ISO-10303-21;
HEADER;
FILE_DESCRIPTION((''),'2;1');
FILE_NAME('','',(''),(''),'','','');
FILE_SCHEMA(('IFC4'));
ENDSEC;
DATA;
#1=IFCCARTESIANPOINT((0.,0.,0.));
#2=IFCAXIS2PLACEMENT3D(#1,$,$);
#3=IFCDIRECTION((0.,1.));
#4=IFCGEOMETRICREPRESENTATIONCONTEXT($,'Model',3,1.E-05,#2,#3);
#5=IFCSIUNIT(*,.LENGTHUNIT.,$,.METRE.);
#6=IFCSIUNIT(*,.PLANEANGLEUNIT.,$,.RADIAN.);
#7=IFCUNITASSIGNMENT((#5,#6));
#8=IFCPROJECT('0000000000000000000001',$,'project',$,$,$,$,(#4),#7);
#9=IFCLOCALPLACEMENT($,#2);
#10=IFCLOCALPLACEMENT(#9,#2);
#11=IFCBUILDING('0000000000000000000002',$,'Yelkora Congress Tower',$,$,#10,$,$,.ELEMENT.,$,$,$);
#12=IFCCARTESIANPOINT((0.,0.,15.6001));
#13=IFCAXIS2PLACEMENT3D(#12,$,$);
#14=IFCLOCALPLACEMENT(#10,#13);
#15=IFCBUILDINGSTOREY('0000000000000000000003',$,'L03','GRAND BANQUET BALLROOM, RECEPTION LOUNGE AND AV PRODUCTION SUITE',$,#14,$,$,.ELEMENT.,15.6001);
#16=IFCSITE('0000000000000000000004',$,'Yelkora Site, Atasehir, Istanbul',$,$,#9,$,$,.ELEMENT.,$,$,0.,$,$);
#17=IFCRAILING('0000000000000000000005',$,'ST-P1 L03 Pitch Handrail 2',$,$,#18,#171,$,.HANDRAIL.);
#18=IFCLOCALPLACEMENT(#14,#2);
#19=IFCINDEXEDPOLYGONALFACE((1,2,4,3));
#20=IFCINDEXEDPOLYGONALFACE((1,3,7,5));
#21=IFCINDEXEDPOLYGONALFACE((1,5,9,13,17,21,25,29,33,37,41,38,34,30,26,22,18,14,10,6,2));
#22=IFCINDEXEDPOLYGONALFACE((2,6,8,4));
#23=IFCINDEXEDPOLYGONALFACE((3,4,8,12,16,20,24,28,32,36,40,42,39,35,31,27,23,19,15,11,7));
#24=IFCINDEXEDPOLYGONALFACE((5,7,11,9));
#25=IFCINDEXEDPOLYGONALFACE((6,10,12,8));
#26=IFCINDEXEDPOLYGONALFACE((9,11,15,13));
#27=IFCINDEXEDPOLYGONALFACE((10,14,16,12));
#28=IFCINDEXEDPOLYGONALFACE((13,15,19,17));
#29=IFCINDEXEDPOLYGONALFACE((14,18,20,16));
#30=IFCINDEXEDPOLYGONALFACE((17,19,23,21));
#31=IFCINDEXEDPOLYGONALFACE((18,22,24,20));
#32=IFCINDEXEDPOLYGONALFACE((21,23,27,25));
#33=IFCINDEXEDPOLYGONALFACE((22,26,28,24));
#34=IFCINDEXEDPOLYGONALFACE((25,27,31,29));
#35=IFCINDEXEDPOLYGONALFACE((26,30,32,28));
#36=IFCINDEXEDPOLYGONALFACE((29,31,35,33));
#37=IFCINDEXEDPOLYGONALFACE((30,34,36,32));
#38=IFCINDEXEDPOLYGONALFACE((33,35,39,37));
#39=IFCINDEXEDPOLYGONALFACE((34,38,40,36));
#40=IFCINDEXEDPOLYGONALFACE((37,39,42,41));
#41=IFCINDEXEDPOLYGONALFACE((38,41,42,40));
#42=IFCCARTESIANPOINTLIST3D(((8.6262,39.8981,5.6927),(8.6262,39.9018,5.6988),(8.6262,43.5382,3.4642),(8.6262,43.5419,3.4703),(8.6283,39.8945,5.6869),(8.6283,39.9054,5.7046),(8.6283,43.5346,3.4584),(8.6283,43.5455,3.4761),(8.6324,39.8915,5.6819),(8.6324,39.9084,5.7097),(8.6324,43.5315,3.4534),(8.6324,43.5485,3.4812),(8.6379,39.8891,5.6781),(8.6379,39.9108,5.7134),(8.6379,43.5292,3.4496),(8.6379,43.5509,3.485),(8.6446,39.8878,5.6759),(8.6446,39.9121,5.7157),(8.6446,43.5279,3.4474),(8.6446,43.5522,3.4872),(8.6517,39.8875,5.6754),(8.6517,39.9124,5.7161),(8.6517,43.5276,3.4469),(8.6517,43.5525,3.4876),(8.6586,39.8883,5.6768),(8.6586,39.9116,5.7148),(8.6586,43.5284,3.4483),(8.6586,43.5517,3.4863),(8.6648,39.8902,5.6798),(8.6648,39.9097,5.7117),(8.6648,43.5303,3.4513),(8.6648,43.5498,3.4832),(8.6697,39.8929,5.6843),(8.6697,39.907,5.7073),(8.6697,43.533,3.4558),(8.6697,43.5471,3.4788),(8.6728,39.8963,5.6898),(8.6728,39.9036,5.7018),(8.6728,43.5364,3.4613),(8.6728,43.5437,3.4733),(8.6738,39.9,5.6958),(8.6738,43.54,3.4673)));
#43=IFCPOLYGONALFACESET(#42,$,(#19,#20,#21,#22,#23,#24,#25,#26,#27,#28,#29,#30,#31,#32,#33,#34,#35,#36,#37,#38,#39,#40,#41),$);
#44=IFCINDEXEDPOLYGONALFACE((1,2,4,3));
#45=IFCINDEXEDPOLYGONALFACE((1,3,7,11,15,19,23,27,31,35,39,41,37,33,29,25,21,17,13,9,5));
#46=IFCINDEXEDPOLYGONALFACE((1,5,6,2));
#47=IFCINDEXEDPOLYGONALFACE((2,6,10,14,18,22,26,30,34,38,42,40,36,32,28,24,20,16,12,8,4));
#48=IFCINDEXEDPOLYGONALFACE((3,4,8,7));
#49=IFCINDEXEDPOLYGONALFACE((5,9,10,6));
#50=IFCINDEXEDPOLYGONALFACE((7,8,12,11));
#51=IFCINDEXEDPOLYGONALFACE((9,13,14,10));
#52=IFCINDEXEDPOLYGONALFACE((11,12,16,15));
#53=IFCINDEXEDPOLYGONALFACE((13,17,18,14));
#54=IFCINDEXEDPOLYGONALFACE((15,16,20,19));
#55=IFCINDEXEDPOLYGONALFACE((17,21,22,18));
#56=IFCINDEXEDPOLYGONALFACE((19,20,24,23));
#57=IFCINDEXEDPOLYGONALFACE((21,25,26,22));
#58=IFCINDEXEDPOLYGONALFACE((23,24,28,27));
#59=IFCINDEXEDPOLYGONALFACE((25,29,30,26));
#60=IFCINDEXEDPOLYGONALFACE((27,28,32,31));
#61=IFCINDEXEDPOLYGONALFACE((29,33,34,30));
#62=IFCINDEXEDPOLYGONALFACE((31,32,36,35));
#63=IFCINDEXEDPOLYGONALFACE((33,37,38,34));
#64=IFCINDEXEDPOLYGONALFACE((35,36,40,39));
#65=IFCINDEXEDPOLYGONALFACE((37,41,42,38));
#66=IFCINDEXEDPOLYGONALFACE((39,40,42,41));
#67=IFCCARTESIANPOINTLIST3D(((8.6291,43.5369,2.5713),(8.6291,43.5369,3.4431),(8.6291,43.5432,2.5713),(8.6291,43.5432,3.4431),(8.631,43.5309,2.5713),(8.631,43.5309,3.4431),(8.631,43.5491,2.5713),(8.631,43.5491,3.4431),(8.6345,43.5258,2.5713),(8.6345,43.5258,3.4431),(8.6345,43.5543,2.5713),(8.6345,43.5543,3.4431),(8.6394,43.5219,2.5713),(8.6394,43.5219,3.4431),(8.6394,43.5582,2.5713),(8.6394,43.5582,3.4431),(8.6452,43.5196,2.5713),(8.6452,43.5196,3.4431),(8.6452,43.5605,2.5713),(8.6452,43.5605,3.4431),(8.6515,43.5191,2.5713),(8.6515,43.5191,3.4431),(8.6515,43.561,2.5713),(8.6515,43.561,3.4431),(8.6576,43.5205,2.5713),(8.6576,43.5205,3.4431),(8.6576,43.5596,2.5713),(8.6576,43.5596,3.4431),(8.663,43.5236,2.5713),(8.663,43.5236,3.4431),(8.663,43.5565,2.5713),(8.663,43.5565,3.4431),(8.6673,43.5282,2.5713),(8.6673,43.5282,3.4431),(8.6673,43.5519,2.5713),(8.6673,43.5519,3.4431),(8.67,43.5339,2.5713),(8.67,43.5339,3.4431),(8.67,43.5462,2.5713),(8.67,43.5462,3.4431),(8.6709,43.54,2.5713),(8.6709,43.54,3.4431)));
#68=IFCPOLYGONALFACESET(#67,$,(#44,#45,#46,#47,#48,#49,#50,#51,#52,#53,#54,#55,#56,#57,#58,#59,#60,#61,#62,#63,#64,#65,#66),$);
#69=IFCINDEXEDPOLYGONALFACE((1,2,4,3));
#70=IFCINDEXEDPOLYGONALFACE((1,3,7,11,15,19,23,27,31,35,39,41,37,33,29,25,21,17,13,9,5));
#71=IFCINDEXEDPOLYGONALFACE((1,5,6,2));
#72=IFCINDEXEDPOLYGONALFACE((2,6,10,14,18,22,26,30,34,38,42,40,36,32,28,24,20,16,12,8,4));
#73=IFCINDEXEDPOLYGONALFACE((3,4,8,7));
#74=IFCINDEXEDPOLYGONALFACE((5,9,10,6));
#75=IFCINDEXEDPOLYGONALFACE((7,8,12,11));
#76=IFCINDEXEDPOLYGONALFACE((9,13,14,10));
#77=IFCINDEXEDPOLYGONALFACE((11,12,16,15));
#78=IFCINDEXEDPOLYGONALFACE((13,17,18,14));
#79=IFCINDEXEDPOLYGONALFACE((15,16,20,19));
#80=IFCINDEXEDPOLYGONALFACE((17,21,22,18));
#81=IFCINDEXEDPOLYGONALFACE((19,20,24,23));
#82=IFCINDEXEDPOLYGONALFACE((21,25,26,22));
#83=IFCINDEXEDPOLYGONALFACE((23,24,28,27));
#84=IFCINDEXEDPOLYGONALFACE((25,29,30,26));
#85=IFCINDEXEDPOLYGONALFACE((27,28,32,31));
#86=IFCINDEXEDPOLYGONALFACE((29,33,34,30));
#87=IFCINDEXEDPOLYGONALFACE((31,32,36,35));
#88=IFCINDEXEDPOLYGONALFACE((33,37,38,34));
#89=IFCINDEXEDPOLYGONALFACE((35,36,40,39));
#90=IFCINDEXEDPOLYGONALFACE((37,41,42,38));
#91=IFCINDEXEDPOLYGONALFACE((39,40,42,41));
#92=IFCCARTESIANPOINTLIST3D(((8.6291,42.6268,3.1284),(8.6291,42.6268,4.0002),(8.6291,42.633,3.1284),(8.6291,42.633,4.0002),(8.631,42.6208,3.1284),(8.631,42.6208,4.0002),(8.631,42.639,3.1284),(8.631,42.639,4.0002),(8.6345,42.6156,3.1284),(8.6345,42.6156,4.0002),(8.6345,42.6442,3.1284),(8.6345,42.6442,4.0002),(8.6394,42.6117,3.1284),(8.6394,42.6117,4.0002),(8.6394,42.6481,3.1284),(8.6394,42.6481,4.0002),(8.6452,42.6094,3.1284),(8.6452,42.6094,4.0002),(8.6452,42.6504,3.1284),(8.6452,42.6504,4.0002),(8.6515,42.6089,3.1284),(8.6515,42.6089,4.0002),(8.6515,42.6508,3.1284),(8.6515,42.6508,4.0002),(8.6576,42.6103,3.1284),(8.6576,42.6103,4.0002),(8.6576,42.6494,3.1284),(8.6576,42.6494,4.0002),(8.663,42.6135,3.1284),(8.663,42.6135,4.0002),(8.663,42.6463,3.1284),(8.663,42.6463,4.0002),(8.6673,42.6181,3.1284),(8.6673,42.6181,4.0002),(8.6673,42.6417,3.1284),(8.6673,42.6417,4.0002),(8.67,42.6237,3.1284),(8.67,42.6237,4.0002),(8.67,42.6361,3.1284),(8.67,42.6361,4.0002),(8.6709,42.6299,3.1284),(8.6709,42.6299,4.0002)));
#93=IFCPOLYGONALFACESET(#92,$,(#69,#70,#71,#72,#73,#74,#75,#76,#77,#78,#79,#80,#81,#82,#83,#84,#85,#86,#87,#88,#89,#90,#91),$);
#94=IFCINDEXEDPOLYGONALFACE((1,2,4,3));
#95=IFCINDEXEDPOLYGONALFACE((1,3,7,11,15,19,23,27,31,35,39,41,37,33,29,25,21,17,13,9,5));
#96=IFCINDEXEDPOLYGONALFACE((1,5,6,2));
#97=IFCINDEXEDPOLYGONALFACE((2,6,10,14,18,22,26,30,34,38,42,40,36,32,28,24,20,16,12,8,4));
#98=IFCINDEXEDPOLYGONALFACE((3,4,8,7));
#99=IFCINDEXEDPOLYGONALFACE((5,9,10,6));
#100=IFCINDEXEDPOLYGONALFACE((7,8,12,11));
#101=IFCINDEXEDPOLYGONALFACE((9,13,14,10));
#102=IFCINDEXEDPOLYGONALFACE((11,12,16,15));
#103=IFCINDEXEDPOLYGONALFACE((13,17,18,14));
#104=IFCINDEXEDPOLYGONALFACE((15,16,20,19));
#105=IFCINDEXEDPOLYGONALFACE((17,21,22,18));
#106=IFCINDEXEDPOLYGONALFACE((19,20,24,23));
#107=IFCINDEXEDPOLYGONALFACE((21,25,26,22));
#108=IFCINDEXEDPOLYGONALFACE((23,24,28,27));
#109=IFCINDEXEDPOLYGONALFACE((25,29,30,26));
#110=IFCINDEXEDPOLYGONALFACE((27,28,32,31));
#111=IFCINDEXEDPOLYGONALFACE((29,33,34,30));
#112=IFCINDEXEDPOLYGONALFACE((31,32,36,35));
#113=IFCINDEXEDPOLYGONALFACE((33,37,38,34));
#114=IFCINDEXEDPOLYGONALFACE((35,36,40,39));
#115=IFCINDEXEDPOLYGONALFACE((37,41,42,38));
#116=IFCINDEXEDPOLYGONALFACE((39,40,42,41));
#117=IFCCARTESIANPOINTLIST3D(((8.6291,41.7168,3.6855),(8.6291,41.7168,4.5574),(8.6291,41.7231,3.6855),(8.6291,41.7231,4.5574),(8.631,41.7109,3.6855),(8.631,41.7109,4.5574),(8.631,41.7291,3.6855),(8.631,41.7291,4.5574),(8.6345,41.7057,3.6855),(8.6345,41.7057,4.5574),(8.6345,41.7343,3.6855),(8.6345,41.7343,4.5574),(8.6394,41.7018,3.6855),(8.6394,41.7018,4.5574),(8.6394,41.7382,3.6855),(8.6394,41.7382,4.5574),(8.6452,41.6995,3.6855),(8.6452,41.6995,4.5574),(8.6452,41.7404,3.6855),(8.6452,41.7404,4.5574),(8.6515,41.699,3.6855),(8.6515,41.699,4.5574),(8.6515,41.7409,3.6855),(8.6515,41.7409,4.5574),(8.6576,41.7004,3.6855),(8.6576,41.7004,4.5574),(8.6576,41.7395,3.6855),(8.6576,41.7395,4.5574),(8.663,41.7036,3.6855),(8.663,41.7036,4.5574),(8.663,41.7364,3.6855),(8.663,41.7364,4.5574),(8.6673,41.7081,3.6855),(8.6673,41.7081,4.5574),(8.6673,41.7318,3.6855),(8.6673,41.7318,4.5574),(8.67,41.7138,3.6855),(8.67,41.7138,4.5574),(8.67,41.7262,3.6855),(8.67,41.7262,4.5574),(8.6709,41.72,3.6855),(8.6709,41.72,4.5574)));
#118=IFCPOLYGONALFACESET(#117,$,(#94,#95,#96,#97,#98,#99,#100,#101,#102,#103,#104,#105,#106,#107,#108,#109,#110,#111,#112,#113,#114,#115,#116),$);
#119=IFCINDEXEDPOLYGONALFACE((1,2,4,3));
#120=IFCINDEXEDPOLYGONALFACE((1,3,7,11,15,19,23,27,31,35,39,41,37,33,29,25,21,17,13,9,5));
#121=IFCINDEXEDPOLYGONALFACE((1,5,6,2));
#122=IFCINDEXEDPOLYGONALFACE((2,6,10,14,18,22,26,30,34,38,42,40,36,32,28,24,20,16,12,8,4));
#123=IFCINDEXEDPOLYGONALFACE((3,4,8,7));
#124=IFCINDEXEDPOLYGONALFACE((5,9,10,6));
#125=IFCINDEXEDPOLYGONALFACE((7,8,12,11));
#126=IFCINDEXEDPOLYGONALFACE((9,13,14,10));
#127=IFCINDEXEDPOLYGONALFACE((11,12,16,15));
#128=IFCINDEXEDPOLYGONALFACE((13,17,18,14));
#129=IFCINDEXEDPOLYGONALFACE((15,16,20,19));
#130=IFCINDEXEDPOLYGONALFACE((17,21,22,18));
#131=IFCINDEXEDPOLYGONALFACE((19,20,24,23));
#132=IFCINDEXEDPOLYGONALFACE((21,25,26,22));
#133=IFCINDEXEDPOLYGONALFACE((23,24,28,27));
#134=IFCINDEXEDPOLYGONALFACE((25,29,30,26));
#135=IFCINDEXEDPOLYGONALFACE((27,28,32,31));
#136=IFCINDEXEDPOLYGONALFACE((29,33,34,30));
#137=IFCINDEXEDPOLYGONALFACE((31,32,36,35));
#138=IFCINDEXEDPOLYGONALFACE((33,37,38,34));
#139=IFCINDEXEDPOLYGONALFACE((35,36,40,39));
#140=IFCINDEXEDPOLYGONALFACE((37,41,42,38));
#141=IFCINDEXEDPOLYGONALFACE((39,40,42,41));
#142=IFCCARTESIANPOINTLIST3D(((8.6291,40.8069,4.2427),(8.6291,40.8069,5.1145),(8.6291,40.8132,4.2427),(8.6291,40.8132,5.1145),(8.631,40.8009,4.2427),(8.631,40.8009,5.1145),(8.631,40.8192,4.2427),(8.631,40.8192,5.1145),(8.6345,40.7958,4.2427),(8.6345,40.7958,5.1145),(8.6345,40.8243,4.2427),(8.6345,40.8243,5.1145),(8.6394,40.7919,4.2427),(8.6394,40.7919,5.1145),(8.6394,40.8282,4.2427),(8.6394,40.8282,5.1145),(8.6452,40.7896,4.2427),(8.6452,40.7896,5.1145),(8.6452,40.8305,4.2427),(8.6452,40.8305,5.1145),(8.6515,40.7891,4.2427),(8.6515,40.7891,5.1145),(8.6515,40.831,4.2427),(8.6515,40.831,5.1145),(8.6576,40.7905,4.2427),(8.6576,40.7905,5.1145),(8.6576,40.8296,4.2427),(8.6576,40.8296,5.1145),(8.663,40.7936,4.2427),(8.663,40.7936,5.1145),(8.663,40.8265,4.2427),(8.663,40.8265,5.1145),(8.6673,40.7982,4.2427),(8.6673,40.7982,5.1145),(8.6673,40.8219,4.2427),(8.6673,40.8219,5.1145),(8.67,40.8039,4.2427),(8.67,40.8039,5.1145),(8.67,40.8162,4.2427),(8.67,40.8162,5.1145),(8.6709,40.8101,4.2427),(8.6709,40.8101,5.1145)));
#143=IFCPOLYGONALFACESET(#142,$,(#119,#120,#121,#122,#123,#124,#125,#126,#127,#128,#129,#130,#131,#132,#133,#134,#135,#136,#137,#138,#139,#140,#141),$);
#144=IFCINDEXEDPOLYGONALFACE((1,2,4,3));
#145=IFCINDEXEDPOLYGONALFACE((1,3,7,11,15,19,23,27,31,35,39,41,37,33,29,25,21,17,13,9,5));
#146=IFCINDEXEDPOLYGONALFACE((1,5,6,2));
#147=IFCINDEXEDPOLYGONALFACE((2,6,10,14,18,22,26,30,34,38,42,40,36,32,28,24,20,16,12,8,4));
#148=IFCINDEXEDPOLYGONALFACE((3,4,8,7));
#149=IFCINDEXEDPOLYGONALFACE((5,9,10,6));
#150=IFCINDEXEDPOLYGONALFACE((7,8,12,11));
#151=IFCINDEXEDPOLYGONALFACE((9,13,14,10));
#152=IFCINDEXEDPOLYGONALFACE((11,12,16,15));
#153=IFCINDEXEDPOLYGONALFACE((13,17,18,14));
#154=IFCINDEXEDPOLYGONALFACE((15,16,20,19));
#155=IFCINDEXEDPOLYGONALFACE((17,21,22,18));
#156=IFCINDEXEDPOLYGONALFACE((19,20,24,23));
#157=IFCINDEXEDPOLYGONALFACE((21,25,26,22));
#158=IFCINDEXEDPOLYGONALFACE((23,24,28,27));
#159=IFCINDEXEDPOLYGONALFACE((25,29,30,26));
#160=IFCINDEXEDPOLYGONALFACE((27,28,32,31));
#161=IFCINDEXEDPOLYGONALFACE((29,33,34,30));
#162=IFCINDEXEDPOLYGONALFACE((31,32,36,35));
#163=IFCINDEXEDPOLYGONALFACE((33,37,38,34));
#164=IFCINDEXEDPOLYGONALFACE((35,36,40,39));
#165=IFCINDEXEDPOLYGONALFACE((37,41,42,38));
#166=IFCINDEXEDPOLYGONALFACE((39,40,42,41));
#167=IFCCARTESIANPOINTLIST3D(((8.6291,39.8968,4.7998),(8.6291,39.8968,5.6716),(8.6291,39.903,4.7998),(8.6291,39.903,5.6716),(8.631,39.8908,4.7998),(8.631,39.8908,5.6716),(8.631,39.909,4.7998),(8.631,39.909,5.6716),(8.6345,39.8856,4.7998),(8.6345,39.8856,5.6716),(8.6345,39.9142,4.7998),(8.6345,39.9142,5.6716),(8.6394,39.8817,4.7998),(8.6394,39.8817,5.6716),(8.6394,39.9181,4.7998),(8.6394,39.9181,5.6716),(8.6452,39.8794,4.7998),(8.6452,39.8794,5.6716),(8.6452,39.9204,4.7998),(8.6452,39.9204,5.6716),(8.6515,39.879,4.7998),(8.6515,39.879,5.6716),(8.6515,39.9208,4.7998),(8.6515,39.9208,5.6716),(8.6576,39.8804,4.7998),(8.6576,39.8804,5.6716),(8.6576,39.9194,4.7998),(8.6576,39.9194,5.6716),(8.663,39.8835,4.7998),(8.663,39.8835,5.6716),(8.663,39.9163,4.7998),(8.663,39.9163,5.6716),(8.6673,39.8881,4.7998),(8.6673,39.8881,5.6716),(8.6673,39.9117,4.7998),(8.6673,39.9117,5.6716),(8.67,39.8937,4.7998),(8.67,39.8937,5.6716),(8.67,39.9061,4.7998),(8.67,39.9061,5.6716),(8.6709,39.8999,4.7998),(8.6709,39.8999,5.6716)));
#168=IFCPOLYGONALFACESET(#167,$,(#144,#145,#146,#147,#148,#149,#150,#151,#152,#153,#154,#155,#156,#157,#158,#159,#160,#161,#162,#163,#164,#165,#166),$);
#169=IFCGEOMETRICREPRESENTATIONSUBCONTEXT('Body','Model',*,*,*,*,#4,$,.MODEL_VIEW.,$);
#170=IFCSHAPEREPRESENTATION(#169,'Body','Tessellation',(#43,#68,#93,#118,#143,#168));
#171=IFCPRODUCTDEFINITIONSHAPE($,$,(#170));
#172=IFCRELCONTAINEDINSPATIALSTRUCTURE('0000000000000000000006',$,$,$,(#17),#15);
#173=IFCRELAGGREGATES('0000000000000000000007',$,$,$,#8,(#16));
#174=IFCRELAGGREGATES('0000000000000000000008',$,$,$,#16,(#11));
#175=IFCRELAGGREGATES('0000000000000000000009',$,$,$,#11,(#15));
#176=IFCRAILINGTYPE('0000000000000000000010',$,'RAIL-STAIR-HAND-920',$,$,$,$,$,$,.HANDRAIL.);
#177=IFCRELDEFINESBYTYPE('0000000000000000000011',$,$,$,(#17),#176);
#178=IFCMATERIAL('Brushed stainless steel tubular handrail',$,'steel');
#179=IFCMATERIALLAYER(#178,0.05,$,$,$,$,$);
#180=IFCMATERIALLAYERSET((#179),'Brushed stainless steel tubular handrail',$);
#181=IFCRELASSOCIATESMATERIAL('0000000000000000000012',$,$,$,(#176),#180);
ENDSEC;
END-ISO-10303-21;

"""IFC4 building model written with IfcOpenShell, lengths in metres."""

from ifc_helpers import new_model, si_unit, direction, frame, origin, origin_2d, place, context, subcontext, project, spatial, circle, extrude, material, layer, layer_set, type_object, element, save


model = new_model("IFC4")

# Units and contexts
model_context = context("Model", 3, precision=1e-05, world=origin(), true_north=direction((0.0, 1.0)))
body_context = subcontext(model_context, "Body", "Model", "MODEL_VIEW")
ifc_project = project(units=[si_unit("LENGTHUNIT", "METRE"), si_unit("PLANEANGLEUNIT", "RADIAN")], contexts=[model_context])

# Site, building, storey
site_placement = place(None, origin())
site = spatial("IfcSite", under=ifc_project, at=site_placement, Name="Yelkora Site, Atasehir, Istanbul", CompositionType="ELEMENT", RefElevation=0.0)
building_placement = place(site_placement, origin())
building = spatial("IfcBuilding", under=site, at=building_placement, Name="Yelkora Congress Tower", CompositionType="ELEMENT")
storey_placement = place(building_placement, frame((0.0, 0.0, 15.6001)))
storey = spatial("IfcBuildingStorey", under=building, at=storey_placement, Name="L03", Description="GRAND BANQUET BALLROOM, RECEPTION LOUNGE AND AV PRODUCTION SUITE", CompositionType="ELEMENT", Elevation=15.6001)

# Railing
ifc_material_1 = material(Name="Brushed stainless steel tubular handrail", Category="steel")
ifc_layer_1 = layer(ifc_material_1, 0.05)
ifc_layer_set_1 = layer_set([ifc_layer_1], Name="Brushed stainless steel tubular handrail")
railing_type_1 = type_object("IfcRailingType", Name="RAIL-STAIR-HAND-920", PredefinedType="HANDRAIL", material=ifc_layer_set_1)
railing_1_placement = place(storey_placement, frame((8.6499, 43.54, 2.5713)))
element("IfcRailing", 1, at=railing_1_placement, inside=storey, type_object=railing_type_1, Name="ST-P1 L03 Pitch Handrail 2", PredefinedType="HANDRAIL", context=body_context, shape_type="SweptSolid", body=[
    extrude(circle(Radius=0.0239, at=origin_2d()), frame((0.0, 0.0, 0.896), z_axis=(0.0, -0.852866, 0.52213), x_axis=(1.0, 0.0, 0.0)), (0.0, 0.0, 1.0), 4.2681),
    extrude(circle(Radius=0.021, at=origin_2d()), origin(), (0.0, 0.0, 1.0), 0.8718),
    extrude(circle(Radius=0.021, at=origin_2d()), frame((0.0, -0.9102, 0.5571)), (0.0, 0.0, 1.0), 0.8718),
    extrude(circle(Radius=0.021, at=origin_2d()), frame((0.0, -1.8201, 1.1143)), (0.0, 0.0, 1.0), 0.8718),
    extrude(circle(Radius=0.021, at=origin_2d()), frame((0.0, -2.73, 1.6714)), (0.0, 0.0, 1.0), 0.8718),
    extrude(circle(Radius=0.021, at=origin_2d()), frame((0.0, -3.6401, 2.2285)), (0.0, 0.0, 1.0), 0.8718),
])

save(model, "model.ifc")
